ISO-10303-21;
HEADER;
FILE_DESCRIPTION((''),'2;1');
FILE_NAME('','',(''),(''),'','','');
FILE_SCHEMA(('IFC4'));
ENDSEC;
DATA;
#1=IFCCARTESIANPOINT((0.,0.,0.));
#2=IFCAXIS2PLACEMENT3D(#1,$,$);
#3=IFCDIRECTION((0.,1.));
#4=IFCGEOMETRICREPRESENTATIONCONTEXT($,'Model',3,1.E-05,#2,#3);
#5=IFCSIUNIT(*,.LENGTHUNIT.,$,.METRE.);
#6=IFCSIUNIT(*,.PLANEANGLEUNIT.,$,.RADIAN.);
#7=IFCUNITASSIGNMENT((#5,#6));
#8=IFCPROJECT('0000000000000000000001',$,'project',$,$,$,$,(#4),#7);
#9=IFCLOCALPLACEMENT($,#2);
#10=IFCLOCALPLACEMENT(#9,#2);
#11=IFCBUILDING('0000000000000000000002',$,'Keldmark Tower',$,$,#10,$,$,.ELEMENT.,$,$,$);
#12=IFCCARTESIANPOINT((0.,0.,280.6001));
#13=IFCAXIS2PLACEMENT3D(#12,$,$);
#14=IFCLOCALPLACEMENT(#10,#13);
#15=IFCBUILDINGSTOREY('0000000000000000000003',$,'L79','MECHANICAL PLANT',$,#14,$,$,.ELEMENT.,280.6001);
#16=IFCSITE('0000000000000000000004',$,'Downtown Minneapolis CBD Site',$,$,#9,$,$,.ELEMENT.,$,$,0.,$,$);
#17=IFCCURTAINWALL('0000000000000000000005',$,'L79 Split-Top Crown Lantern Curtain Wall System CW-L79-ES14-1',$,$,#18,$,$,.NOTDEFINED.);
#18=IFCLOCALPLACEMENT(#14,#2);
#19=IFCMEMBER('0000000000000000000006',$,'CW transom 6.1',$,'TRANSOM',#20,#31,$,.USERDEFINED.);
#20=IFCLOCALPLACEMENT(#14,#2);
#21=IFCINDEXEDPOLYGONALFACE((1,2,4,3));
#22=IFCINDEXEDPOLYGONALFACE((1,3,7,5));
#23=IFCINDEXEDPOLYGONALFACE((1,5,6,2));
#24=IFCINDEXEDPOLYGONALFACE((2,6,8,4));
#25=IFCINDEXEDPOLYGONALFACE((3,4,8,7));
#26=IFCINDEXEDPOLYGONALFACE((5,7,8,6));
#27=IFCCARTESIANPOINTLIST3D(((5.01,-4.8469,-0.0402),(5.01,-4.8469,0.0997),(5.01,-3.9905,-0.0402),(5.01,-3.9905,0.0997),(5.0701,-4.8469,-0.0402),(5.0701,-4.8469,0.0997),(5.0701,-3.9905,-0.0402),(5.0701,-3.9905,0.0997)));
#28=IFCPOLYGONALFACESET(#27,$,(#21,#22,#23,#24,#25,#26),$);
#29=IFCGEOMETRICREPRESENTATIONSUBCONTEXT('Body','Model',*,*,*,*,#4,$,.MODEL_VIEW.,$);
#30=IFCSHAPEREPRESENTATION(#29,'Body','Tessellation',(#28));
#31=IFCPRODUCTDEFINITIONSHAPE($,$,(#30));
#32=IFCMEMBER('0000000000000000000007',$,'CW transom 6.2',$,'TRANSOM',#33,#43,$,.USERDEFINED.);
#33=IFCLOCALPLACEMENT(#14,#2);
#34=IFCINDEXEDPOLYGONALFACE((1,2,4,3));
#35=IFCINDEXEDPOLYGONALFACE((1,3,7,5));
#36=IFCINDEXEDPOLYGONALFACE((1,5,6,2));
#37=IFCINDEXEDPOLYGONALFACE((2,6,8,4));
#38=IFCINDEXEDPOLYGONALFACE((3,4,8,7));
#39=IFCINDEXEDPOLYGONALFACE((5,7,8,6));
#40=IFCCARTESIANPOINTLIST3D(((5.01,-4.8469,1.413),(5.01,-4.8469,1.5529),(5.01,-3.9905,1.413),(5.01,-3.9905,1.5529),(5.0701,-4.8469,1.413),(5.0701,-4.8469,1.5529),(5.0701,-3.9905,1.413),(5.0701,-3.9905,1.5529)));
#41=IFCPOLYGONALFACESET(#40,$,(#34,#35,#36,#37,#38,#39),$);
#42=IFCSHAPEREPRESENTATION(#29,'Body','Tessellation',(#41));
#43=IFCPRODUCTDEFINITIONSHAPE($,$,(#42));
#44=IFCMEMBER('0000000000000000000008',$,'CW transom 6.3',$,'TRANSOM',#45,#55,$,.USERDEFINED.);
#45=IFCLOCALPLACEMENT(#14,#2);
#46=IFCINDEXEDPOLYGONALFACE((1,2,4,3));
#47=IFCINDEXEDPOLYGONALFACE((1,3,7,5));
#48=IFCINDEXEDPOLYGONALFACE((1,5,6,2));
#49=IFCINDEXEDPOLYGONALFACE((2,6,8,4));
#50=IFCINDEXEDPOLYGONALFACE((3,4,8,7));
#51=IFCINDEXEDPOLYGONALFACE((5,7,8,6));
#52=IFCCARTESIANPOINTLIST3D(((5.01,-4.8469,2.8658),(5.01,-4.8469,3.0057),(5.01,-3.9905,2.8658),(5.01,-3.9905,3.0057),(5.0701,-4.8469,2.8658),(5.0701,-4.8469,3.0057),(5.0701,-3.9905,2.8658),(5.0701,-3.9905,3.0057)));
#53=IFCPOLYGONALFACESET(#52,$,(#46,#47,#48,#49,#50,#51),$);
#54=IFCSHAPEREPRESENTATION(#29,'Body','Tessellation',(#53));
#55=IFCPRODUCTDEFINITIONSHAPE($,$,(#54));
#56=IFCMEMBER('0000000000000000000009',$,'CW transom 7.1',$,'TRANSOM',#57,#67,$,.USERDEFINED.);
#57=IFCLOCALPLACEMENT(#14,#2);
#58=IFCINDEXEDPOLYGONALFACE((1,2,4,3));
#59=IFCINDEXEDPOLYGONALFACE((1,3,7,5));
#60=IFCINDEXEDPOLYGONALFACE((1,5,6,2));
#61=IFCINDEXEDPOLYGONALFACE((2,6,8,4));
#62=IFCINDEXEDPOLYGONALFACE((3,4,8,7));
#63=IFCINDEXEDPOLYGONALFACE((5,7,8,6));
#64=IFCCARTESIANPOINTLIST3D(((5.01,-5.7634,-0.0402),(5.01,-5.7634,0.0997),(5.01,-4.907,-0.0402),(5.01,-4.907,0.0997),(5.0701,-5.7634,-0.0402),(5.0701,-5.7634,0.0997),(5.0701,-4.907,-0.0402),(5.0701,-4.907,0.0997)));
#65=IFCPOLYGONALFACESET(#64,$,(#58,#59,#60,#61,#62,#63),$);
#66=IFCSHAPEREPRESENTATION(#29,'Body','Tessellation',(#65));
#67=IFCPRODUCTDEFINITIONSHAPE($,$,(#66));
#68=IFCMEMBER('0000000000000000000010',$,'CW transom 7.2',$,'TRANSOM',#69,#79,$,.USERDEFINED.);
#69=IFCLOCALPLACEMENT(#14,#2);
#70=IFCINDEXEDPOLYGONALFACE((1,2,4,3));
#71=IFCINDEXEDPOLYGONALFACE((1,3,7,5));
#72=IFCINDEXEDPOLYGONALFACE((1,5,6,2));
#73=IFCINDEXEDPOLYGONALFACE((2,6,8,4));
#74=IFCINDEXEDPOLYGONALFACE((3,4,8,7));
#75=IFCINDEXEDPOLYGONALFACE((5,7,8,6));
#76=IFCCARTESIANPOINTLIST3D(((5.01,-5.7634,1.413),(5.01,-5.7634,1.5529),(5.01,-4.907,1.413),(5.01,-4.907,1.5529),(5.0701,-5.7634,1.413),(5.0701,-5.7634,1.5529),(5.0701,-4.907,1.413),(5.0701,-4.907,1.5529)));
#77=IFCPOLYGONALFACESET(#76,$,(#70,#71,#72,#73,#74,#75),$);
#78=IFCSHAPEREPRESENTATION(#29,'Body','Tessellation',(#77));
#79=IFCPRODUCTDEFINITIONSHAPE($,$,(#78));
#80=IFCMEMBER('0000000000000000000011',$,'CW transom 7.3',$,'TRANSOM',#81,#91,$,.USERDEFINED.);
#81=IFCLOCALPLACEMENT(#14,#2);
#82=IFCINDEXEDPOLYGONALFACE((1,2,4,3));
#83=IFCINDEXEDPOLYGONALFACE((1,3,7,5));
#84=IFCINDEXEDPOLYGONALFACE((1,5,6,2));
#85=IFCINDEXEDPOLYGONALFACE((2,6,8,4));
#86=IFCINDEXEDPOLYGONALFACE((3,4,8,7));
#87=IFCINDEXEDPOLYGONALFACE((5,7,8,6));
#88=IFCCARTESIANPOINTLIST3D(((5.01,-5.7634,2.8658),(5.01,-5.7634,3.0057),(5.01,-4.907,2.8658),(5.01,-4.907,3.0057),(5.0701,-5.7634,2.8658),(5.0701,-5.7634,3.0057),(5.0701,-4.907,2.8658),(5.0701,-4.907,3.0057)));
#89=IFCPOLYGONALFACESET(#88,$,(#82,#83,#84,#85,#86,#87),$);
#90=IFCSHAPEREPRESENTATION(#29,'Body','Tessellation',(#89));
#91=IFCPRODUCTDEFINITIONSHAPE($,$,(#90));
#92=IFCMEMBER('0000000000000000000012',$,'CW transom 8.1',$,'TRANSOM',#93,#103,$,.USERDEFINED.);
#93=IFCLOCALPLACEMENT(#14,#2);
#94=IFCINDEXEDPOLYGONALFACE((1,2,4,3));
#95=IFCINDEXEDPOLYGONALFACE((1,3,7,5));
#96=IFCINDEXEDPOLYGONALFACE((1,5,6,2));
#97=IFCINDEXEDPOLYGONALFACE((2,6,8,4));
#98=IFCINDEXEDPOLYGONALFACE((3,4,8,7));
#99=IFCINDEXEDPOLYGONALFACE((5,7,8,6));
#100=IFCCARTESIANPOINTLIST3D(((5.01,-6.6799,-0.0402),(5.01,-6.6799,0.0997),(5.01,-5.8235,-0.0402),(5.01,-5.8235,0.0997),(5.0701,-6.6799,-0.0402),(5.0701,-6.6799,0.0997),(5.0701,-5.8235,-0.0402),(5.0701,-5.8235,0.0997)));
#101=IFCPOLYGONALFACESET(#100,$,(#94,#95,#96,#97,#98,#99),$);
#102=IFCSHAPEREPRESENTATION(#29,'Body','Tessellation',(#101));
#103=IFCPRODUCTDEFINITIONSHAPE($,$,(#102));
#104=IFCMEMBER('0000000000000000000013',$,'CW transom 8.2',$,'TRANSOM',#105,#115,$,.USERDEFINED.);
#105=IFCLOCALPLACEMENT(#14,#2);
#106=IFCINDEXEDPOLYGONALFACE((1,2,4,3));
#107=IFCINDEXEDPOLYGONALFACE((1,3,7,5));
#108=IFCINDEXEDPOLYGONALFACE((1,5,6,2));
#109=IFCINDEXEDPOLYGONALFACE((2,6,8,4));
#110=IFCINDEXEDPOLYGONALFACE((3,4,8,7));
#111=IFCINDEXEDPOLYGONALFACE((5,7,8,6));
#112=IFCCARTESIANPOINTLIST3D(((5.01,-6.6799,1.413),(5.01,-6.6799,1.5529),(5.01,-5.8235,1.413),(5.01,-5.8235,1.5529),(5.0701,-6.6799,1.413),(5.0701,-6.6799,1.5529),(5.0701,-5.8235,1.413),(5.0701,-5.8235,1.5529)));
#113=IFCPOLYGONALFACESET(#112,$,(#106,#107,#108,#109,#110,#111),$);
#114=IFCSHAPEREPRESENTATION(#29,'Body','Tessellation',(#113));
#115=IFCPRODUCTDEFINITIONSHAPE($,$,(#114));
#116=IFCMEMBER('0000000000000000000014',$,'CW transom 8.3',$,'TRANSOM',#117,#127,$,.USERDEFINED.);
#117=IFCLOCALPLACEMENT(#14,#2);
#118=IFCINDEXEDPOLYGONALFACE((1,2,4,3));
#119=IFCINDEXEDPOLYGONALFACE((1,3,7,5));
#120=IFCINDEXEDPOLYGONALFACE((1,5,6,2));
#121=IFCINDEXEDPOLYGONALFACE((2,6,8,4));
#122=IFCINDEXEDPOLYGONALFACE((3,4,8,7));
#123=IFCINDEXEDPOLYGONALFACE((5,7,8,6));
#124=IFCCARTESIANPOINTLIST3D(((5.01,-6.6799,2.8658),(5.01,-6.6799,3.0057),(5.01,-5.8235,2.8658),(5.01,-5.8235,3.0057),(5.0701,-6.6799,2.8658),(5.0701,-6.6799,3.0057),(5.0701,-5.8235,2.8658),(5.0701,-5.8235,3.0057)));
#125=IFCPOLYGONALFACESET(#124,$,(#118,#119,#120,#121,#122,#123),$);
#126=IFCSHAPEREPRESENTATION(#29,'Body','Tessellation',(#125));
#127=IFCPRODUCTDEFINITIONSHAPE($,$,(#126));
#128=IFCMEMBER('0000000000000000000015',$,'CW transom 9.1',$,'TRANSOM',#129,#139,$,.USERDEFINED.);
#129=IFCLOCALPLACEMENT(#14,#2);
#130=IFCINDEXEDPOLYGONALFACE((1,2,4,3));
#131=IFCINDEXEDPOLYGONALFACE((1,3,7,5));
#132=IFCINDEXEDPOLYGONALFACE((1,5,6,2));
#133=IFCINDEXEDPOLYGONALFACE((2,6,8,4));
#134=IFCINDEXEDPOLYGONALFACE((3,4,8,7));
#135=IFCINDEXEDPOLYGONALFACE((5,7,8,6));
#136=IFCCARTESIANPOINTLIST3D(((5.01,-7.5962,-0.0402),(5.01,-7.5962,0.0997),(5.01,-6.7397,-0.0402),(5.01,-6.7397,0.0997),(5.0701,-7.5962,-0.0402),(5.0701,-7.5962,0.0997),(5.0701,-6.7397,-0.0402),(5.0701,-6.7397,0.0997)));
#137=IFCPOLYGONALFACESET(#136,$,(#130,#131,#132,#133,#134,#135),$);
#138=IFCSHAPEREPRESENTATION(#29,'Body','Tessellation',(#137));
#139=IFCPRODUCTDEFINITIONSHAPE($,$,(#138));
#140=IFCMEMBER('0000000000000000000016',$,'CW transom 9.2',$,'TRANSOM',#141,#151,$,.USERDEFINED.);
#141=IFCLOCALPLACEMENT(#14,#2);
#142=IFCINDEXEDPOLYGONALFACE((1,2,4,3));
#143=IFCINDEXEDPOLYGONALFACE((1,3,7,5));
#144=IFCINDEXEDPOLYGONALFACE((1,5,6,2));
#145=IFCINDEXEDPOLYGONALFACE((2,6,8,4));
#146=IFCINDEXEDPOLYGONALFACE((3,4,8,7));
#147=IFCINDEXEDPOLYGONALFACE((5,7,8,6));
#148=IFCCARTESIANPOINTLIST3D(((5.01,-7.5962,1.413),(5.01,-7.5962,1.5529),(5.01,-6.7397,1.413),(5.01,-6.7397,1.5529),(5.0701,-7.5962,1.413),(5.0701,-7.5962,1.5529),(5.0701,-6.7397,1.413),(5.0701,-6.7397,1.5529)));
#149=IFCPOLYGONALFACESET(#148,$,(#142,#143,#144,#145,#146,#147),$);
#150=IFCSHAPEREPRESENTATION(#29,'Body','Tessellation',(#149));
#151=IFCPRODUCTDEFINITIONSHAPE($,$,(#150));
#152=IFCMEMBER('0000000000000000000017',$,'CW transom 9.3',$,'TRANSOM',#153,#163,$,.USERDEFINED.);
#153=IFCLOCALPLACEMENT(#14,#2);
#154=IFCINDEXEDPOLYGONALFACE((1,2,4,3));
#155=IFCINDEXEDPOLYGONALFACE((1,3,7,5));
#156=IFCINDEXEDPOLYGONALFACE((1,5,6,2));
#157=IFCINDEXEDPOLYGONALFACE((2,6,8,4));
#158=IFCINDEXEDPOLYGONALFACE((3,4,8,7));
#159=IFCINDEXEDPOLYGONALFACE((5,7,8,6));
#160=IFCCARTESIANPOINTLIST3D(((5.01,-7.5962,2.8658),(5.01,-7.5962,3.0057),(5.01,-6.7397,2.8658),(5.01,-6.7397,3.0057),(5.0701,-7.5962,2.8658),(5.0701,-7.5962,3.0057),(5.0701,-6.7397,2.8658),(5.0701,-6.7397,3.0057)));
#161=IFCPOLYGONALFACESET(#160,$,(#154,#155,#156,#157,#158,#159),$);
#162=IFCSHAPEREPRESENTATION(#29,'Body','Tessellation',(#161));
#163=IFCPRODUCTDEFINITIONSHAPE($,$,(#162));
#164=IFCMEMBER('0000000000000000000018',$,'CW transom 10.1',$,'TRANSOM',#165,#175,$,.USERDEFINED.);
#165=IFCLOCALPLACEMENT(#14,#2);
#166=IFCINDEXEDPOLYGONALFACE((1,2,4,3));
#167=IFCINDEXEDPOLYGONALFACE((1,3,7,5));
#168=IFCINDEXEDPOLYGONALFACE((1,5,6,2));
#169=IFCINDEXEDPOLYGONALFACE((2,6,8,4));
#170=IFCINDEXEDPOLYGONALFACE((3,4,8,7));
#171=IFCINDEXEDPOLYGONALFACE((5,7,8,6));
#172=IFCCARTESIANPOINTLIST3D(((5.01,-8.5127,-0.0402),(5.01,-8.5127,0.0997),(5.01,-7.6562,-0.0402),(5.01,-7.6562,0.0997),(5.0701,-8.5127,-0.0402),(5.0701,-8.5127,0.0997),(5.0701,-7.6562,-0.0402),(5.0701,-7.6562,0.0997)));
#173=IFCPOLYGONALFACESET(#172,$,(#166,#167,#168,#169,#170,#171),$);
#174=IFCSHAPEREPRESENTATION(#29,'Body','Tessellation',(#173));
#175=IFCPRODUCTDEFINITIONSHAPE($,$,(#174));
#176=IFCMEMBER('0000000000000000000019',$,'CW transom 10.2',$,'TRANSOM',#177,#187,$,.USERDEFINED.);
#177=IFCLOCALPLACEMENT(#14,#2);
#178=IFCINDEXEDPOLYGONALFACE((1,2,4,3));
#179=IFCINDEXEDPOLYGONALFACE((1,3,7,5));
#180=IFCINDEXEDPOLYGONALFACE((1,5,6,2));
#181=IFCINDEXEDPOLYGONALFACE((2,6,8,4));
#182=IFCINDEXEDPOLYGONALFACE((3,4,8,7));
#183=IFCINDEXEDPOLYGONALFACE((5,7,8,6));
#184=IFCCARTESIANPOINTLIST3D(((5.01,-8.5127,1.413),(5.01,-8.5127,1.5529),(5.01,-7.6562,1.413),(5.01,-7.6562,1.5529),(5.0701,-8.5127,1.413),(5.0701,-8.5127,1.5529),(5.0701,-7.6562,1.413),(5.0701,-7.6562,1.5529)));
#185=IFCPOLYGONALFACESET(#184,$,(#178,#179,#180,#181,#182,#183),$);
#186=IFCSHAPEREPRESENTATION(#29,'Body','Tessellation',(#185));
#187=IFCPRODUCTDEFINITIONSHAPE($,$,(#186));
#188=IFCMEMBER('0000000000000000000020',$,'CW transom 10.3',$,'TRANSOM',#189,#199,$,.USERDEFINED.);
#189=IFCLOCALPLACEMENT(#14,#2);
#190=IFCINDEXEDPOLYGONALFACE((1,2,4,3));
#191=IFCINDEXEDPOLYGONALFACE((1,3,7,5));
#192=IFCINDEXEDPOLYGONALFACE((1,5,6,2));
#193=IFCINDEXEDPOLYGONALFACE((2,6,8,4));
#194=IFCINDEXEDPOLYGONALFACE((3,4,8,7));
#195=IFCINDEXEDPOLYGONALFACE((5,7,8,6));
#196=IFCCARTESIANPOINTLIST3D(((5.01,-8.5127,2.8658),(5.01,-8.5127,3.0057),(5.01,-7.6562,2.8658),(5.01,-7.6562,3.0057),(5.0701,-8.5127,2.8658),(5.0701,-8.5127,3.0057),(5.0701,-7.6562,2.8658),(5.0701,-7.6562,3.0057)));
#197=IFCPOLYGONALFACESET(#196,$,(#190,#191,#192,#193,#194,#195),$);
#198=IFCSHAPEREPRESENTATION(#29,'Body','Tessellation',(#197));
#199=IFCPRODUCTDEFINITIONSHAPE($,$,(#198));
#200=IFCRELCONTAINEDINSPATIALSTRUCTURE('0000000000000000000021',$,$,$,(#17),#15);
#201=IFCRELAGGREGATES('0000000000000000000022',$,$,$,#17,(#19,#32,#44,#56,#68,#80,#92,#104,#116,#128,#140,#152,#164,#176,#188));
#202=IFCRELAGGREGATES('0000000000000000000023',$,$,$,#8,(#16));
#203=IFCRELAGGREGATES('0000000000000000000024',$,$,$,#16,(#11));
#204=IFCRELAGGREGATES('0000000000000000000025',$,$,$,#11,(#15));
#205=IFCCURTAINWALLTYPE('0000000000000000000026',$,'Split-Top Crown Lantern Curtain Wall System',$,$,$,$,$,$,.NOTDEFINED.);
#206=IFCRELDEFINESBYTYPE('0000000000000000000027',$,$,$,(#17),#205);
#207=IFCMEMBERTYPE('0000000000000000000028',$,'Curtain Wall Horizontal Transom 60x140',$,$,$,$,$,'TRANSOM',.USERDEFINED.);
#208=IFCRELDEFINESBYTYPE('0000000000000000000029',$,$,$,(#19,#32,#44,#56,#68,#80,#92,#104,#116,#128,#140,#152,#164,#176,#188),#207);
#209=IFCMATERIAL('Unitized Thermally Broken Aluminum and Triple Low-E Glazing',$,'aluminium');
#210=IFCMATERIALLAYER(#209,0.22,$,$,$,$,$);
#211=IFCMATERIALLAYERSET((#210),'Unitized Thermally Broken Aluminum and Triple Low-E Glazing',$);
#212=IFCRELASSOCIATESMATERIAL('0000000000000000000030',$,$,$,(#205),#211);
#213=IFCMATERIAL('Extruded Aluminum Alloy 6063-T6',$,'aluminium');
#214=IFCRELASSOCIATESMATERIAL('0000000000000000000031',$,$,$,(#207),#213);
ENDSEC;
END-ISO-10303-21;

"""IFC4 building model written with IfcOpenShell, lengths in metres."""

from ifc_helpers import new_model, si_unit, direction, frame, origin, origin_2d, place, context, subcontext, project, spatial, rectangle, extrude, material, layer, layer_set, material_profile, profile_set, type_object, element, aggregate, save


model = new_model("IFC4")

# Units and contexts
model_context = context("Model", 3, precision=1e-05, world=origin(), true_north=direction((0.0, 1.0)))
body_context = subcontext(model_context, "Body", "Model", "MODEL_VIEW")
ifc_project = project(units=[si_unit("LENGTHUNIT", "METRE"), si_unit("PLANEANGLEUNIT", "RADIAN")], contexts=[model_context])

# Site, building, storey
site_placement = place(None, origin())
site = spatial("IfcSite", under=ifc_project, at=site_placement, Name="Downtown Minneapolis CBD Site", CompositionType="ELEMENT", RefElevation=0.0)
building_placement = place(site_placement, origin())
building = spatial("IfcBuilding", under=site, at=building_placement, Name="Keldmark Tower", CompositionType="ELEMENT")
storey_placement = place(building_placement, frame((0.0, 0.0, 280.6001)))
storey = spatial("IfcBuildingStorey", under=building, at=storey_placement, Name="L79", Description="MECHANICAL PLANT", CompositionType="ELEMENT", Elevation=280.6001)

# Curtain wall, members
ifc_material_1 = material(Name="Unitized Thermally Broken Aluminum and Triple Low-E Glazing", Category="aluminium")
ifc_layer_1 = layer(ifc_material_1, 0.22)
ifc_layer_set_1 = layer_set([ifc_layer_1], Name="Unitized Thermally Broken Aluminum and Triple Low-E Glazing")
curtain_wall_type = type_object("IfcCurtainWallType", Name="Split-Top Crown Lantern Curtain Wall System", PredefinedType="NOTDEFINED", material=ifc_layer_set_1)
curtain_wall_placement = place(storey_placement, origin())
curtain_wall = element("IfcCurtainWall", 1, at=curtain_wall_placement, inside=storey, type_object=curtain_wall_type, Name="L79 Split-Top Crown Lantern Curtain Wall System CW-L79-ES14-1", PredefinedType="NOTDEFINED")
ifc_material_2 = material(Name="Extruded Aluminum Alloy 6063-T6", Category="aluminium")
ifc_material_profile = material_profile(ifc_material_2, rectangle(XDim=0.0601, YDim=0.1399, at=origin_2d()), Name="CWT60X140")
ifc_profile_set = profile_set([ifc_material_profile], Name="Extruded Aluminum Alloy 6063-T6")
member_type = type_object("IfcMemberType", Name="Curtain Wall Horizontal Transom 60x140", ElementType="TRANSOM", PredefinedType="USERDEFINED", material=ifc_profile_set)
member_1_placement = place(storey_placement, frame((5.04, -3.9905, 0.0298), z_axis=(0.0, -1.0, 0.0), x_axis=(1.0, 0.0, 0.0)))
member_1 = element("IfcMember", 2, at=member_1_placement, type_object=member_type, Name="CW transom 6.1", ObjectType="TRANSOM", PredefinedType="USERDEFINED", context=body_context, shape_type="SweptSolid", body=[
    extrude(rectangle(XDim=0.0601, YDim=0.1399, at=origin_2d()), origin(), (0.0, 0.0, 1.0), 0.8564),
])
member_2_placement = place(storey_placement, frame((5.04, -3.9905, 1.4829), z_axis=(0.0, -1.0, 0.0), x_axis=(1.0, 0.0, 0.0)))
member_2 = element("IfcMember", 3, at=member_2_placement, type_object=member_type, Name="CW transom 6.2", ObjectType="TRANSOM", PredefinedType="USERDEFINED", context=body_context, shape_type="SweptSolid", body=[
    extrude(rectangle(XDim=0.0601, YDim=0.1399, at=origin_2d()), origin(), (0.0, 0.0, 1.0), 0.8564),
])
member_3_placement = place(storey_placement, frame((5.04, -3.9905, 2.9358), z_axis=(0.0, -1.0, 0.0), x_axis=(1.0, 0.0, 0.0)))
member_3 = element("IfcMember", 4, at=member_3_placement, type_object=member_type, Name="CW transom 6.3", ObjectType="TRANSOM", PredefinedType="USERDEFINED", context=body_context, shape_type="SweptSolid", body=[
    extrude(rectangle(XDim=0.0601, YDim=0.1399, at=origin_2d()), origin(), (0.0, 0.0, 1.0), 0.8564),
])
member_4_placement = place(storey_placement, frame((5.04, -4.907, 0.0298), z_axis=(0.0, -1.0, 0.0), x_axis=(1.0, 0.0, 0.0)))
member_4 = element("IfcMember", 5, at=member_4_placement, type_object=member_type, Name="CW transom 7.1", ObjectType="TRANSOM", PredefinedType="USERDEFINED", context=body_context, shape_type="SweptSolid", body=[
    extrude(rectangle(XDim=0.0601, YDim=0.1399, at=origin_2d()), origin(), (0.0, 0.0, 1.0), 0.8564),
])
member_5_placement = place(storey_placement, frame((5.04, -4.907, 1.4829), z_axis=(0.0, -1.0, 0.0), x_axis=(1.0, 0.0, 0.0)))
member_5 = element("IfcMember", 6, at=member_5_placement, type_object=member_type, Name="CW transom 7.2", ObjectType="TRANSOM", PredefinedType="USERDEFINED", context=body_context, shape_type="SweptSolid", body=[
    extrude(rectangle(XDim=0.0601, YDim=0.1399, at=origin_2d()), origin(), (0.0, 0.0, 1.0), 0.8564),
])
member_6_placement = place(storey_placement, frame((5.04, -4.907, 2.9358), z_axis=(0.0, -1.0, 0.0), x_axis=(1.0, 0.0, 0.0)))
member_6 = element("IfcMember", 7, at=member_6_placement, type_object=member_type, Name="CW transom 7.3", ObjectType="TRANSOM", PredefinedType="USERDEFINED", context=body_context, shape_type="SweptSolid", body=[
    extrude(rectangle(XDim=0.0601, YDim=0.1399, at=origin_2d()), origin(), (0.0, 0.0, 1.0), 0.8564),
])
member_7_placement = place(storey_placement, frame((5.04, -5.8235, 0.0298), z_axis=(0.0, -1.0, 0.0), x_axis=(1.0, 0.0, 0.0)))
member_7 = element("IfcMember", 8, at=member_7_placement, type_object=member_type, Name="CW transom 8.1", ObjectType="TRANSOM", PredefinedType="USERDEFINED", context=body_context, shape_type="SweptSolid", body=[
    extrude(rectangle(XDim=0.0601, YDim=0.1399, at=origin_2d()), origin(), (0.0, 0.0, 1.0), 0.8564),
])
member_8_placement = place(storey_placement, frame((5.04, -5.8235, 1.4829), z_axis=(0.0, -1.0, 0.0), x_axis=(1.0, 0.0, 0.0)))
member_8 = element("IfcMember", 9, at=member_8_placement, type_object=member_type, Name="CW transom 8.2", ObjectType="TRANSOM", PredefinedType="USERDEFINED", context=body_context, shape_type="SweptSolid", body=[
    extrude(rectangle(XDim=0.0601, YDim=0.1399, at=origin_2d()), origin(), (0.0, 0.0, 1.0), 0.8564),
])
member_9_placement = place(storey_placement, frame((5.04, -5.8235, 2.9358), z_axis=(0.0, -1.0, 0.0), x_axis=(1.0, 0.0, 0.0)))
member_9 = element("IfcMember", 10, at=member_9_placement, type_object=member_type, Name="CW transom 8.3", ObjectType="TRANSOM", PredefinedType="USERDEFINED", context=body_context, shape_type="SweptSolid", body=[
    extrude(rectangle(XDim=0.0601, YDim=0.1399, at=origin_2d()), origin(), (0.0, 0.0, 1.0), 0.8564),
])
member_10_placement = place(storey_placement, frame((5.04, -6.7397, 0.0298), z_axis=(0.0, -1.0, 0.0), x_axis=(1.0, 0.0, 0.0)))
member_10 = element("IfcMember", 11, at=member_10_placement, type_object=member_type, Name="CW transom 9.1", ObjectType="TRANSOM", PredefinedType="USERDEFINED", context=body_context, shape_type="SweptSolid", body=[
    extrude(rectangle(XDim=0.0601, YDim=0.1399, at=origin_2d()), origin(), (0.0, 0.0, 1.0), 0.8564),
])
member_11_placement = place(storey_placement, frame((5.04, -6.7397, 1.4829), z_axis=(0.0, -1.0, 0.0), x_axis=(1.0, 0.0, 0.0)))
member_11 = element("IfcMember", 12, at=member_11_placement, type_object=member_type, Name="CW transom 9.2", ObjectType="TRANSOM", PredefinedType="USERDEFINED", context=body_context, shape_type="SweptSolid", body=[
    extrude(rectangle(XDim=0.0601, YDim=0.1399, at=origin_2d()), origin(), (0.0, 0.0, 1.0), 0.8564),
])
member_12_placement = place(storey_placement, frame((5.04, -6.7397, 2.9358), z_axis=(0.0, -1.0, 0.0), x_axis=(1.0, 0.0, 0.0)))
member_12 = element("IfcMember", 13, at=member_12_placement, type_object=member_type, Name="CW transom 9.3", ObjectType="TRANSOM", PredefinedType="USERDEFINED", context=body_context, shape_type="SweptSolid", body=[
    extrude(rectangle(XDim=0.0601, YDim=0.1399, at=origin_2d()), origin(), (0.0, 0.0, 1.0), 0.8564),
])
member_13_placement = place(storey_placement, frame((5.04, -7.6562, 0.0298), z_axis=(0.0, -1.0, 0.0), x_axis=(1.0, 0.0, 0.0)))
member_13 = element("IfcMember", 14, at=member_13_placement, type_object=member_type, Name="CW transom 10.1", ObjectType="TRANSOM", PredefinedType="USERDEFINED", context=body_context, shape_type="SweptSolid", body=[
    extrude(rectangle(XDim=0.0601, YDim=0.1399, at=origin_2d()), origin(), (0.0, 0.0, 1.0), 0.8564),
])
member_14_placement = place(storey_placement, frame((5.04, -7.6562, 1.4829), z_axis=(0.0, -1.0, 0.0), x_axis=(1.0, 0.0, 0.0)))
member_14 = element("IfcMember", 15, at=member_14_placement, type_object=member_type, Name="CW transom 10.2", ObjectType="TRANSOM", PredefinedType="USERDEFINED", context=body_context, shape_type="SweptSolid", body=[
    extrude(rectangle(XDim=0.0601, YDim=0.1399, at=origin_2d()), origin(), (0.0, 0.0, 1.0), 0.8564),
])
member_15_placement = place(storey_placement, frame((5.04, -7.6562, 2.9358), z_axis=(0.0, -1.0, 0.0), x_axis=(1.0, 0.0, 0.0)))
member_15 = element("IfcMember", 16, at=member_15_placement, type_object=member_type, Name="CW transom 10.3", ObjectType="TRANSOM", PredefinedType="USERDEFINED", context=body_context, shape_type="SweptSolid", body=[
    extrude(rectangle(XDim=0.0601, YDim=0.1399, at=origin_2d()), origin(), (0.0, 0.0, 1.0), 0.8564),
])
aggregate(curtain_wall, [member_1, member_2, member_3, member_4, member_5, member_6, member_7, member_8, member_9, member_10, member_11, member_12, member_13, member_14, member_15])

save(model, "model.ifc")
